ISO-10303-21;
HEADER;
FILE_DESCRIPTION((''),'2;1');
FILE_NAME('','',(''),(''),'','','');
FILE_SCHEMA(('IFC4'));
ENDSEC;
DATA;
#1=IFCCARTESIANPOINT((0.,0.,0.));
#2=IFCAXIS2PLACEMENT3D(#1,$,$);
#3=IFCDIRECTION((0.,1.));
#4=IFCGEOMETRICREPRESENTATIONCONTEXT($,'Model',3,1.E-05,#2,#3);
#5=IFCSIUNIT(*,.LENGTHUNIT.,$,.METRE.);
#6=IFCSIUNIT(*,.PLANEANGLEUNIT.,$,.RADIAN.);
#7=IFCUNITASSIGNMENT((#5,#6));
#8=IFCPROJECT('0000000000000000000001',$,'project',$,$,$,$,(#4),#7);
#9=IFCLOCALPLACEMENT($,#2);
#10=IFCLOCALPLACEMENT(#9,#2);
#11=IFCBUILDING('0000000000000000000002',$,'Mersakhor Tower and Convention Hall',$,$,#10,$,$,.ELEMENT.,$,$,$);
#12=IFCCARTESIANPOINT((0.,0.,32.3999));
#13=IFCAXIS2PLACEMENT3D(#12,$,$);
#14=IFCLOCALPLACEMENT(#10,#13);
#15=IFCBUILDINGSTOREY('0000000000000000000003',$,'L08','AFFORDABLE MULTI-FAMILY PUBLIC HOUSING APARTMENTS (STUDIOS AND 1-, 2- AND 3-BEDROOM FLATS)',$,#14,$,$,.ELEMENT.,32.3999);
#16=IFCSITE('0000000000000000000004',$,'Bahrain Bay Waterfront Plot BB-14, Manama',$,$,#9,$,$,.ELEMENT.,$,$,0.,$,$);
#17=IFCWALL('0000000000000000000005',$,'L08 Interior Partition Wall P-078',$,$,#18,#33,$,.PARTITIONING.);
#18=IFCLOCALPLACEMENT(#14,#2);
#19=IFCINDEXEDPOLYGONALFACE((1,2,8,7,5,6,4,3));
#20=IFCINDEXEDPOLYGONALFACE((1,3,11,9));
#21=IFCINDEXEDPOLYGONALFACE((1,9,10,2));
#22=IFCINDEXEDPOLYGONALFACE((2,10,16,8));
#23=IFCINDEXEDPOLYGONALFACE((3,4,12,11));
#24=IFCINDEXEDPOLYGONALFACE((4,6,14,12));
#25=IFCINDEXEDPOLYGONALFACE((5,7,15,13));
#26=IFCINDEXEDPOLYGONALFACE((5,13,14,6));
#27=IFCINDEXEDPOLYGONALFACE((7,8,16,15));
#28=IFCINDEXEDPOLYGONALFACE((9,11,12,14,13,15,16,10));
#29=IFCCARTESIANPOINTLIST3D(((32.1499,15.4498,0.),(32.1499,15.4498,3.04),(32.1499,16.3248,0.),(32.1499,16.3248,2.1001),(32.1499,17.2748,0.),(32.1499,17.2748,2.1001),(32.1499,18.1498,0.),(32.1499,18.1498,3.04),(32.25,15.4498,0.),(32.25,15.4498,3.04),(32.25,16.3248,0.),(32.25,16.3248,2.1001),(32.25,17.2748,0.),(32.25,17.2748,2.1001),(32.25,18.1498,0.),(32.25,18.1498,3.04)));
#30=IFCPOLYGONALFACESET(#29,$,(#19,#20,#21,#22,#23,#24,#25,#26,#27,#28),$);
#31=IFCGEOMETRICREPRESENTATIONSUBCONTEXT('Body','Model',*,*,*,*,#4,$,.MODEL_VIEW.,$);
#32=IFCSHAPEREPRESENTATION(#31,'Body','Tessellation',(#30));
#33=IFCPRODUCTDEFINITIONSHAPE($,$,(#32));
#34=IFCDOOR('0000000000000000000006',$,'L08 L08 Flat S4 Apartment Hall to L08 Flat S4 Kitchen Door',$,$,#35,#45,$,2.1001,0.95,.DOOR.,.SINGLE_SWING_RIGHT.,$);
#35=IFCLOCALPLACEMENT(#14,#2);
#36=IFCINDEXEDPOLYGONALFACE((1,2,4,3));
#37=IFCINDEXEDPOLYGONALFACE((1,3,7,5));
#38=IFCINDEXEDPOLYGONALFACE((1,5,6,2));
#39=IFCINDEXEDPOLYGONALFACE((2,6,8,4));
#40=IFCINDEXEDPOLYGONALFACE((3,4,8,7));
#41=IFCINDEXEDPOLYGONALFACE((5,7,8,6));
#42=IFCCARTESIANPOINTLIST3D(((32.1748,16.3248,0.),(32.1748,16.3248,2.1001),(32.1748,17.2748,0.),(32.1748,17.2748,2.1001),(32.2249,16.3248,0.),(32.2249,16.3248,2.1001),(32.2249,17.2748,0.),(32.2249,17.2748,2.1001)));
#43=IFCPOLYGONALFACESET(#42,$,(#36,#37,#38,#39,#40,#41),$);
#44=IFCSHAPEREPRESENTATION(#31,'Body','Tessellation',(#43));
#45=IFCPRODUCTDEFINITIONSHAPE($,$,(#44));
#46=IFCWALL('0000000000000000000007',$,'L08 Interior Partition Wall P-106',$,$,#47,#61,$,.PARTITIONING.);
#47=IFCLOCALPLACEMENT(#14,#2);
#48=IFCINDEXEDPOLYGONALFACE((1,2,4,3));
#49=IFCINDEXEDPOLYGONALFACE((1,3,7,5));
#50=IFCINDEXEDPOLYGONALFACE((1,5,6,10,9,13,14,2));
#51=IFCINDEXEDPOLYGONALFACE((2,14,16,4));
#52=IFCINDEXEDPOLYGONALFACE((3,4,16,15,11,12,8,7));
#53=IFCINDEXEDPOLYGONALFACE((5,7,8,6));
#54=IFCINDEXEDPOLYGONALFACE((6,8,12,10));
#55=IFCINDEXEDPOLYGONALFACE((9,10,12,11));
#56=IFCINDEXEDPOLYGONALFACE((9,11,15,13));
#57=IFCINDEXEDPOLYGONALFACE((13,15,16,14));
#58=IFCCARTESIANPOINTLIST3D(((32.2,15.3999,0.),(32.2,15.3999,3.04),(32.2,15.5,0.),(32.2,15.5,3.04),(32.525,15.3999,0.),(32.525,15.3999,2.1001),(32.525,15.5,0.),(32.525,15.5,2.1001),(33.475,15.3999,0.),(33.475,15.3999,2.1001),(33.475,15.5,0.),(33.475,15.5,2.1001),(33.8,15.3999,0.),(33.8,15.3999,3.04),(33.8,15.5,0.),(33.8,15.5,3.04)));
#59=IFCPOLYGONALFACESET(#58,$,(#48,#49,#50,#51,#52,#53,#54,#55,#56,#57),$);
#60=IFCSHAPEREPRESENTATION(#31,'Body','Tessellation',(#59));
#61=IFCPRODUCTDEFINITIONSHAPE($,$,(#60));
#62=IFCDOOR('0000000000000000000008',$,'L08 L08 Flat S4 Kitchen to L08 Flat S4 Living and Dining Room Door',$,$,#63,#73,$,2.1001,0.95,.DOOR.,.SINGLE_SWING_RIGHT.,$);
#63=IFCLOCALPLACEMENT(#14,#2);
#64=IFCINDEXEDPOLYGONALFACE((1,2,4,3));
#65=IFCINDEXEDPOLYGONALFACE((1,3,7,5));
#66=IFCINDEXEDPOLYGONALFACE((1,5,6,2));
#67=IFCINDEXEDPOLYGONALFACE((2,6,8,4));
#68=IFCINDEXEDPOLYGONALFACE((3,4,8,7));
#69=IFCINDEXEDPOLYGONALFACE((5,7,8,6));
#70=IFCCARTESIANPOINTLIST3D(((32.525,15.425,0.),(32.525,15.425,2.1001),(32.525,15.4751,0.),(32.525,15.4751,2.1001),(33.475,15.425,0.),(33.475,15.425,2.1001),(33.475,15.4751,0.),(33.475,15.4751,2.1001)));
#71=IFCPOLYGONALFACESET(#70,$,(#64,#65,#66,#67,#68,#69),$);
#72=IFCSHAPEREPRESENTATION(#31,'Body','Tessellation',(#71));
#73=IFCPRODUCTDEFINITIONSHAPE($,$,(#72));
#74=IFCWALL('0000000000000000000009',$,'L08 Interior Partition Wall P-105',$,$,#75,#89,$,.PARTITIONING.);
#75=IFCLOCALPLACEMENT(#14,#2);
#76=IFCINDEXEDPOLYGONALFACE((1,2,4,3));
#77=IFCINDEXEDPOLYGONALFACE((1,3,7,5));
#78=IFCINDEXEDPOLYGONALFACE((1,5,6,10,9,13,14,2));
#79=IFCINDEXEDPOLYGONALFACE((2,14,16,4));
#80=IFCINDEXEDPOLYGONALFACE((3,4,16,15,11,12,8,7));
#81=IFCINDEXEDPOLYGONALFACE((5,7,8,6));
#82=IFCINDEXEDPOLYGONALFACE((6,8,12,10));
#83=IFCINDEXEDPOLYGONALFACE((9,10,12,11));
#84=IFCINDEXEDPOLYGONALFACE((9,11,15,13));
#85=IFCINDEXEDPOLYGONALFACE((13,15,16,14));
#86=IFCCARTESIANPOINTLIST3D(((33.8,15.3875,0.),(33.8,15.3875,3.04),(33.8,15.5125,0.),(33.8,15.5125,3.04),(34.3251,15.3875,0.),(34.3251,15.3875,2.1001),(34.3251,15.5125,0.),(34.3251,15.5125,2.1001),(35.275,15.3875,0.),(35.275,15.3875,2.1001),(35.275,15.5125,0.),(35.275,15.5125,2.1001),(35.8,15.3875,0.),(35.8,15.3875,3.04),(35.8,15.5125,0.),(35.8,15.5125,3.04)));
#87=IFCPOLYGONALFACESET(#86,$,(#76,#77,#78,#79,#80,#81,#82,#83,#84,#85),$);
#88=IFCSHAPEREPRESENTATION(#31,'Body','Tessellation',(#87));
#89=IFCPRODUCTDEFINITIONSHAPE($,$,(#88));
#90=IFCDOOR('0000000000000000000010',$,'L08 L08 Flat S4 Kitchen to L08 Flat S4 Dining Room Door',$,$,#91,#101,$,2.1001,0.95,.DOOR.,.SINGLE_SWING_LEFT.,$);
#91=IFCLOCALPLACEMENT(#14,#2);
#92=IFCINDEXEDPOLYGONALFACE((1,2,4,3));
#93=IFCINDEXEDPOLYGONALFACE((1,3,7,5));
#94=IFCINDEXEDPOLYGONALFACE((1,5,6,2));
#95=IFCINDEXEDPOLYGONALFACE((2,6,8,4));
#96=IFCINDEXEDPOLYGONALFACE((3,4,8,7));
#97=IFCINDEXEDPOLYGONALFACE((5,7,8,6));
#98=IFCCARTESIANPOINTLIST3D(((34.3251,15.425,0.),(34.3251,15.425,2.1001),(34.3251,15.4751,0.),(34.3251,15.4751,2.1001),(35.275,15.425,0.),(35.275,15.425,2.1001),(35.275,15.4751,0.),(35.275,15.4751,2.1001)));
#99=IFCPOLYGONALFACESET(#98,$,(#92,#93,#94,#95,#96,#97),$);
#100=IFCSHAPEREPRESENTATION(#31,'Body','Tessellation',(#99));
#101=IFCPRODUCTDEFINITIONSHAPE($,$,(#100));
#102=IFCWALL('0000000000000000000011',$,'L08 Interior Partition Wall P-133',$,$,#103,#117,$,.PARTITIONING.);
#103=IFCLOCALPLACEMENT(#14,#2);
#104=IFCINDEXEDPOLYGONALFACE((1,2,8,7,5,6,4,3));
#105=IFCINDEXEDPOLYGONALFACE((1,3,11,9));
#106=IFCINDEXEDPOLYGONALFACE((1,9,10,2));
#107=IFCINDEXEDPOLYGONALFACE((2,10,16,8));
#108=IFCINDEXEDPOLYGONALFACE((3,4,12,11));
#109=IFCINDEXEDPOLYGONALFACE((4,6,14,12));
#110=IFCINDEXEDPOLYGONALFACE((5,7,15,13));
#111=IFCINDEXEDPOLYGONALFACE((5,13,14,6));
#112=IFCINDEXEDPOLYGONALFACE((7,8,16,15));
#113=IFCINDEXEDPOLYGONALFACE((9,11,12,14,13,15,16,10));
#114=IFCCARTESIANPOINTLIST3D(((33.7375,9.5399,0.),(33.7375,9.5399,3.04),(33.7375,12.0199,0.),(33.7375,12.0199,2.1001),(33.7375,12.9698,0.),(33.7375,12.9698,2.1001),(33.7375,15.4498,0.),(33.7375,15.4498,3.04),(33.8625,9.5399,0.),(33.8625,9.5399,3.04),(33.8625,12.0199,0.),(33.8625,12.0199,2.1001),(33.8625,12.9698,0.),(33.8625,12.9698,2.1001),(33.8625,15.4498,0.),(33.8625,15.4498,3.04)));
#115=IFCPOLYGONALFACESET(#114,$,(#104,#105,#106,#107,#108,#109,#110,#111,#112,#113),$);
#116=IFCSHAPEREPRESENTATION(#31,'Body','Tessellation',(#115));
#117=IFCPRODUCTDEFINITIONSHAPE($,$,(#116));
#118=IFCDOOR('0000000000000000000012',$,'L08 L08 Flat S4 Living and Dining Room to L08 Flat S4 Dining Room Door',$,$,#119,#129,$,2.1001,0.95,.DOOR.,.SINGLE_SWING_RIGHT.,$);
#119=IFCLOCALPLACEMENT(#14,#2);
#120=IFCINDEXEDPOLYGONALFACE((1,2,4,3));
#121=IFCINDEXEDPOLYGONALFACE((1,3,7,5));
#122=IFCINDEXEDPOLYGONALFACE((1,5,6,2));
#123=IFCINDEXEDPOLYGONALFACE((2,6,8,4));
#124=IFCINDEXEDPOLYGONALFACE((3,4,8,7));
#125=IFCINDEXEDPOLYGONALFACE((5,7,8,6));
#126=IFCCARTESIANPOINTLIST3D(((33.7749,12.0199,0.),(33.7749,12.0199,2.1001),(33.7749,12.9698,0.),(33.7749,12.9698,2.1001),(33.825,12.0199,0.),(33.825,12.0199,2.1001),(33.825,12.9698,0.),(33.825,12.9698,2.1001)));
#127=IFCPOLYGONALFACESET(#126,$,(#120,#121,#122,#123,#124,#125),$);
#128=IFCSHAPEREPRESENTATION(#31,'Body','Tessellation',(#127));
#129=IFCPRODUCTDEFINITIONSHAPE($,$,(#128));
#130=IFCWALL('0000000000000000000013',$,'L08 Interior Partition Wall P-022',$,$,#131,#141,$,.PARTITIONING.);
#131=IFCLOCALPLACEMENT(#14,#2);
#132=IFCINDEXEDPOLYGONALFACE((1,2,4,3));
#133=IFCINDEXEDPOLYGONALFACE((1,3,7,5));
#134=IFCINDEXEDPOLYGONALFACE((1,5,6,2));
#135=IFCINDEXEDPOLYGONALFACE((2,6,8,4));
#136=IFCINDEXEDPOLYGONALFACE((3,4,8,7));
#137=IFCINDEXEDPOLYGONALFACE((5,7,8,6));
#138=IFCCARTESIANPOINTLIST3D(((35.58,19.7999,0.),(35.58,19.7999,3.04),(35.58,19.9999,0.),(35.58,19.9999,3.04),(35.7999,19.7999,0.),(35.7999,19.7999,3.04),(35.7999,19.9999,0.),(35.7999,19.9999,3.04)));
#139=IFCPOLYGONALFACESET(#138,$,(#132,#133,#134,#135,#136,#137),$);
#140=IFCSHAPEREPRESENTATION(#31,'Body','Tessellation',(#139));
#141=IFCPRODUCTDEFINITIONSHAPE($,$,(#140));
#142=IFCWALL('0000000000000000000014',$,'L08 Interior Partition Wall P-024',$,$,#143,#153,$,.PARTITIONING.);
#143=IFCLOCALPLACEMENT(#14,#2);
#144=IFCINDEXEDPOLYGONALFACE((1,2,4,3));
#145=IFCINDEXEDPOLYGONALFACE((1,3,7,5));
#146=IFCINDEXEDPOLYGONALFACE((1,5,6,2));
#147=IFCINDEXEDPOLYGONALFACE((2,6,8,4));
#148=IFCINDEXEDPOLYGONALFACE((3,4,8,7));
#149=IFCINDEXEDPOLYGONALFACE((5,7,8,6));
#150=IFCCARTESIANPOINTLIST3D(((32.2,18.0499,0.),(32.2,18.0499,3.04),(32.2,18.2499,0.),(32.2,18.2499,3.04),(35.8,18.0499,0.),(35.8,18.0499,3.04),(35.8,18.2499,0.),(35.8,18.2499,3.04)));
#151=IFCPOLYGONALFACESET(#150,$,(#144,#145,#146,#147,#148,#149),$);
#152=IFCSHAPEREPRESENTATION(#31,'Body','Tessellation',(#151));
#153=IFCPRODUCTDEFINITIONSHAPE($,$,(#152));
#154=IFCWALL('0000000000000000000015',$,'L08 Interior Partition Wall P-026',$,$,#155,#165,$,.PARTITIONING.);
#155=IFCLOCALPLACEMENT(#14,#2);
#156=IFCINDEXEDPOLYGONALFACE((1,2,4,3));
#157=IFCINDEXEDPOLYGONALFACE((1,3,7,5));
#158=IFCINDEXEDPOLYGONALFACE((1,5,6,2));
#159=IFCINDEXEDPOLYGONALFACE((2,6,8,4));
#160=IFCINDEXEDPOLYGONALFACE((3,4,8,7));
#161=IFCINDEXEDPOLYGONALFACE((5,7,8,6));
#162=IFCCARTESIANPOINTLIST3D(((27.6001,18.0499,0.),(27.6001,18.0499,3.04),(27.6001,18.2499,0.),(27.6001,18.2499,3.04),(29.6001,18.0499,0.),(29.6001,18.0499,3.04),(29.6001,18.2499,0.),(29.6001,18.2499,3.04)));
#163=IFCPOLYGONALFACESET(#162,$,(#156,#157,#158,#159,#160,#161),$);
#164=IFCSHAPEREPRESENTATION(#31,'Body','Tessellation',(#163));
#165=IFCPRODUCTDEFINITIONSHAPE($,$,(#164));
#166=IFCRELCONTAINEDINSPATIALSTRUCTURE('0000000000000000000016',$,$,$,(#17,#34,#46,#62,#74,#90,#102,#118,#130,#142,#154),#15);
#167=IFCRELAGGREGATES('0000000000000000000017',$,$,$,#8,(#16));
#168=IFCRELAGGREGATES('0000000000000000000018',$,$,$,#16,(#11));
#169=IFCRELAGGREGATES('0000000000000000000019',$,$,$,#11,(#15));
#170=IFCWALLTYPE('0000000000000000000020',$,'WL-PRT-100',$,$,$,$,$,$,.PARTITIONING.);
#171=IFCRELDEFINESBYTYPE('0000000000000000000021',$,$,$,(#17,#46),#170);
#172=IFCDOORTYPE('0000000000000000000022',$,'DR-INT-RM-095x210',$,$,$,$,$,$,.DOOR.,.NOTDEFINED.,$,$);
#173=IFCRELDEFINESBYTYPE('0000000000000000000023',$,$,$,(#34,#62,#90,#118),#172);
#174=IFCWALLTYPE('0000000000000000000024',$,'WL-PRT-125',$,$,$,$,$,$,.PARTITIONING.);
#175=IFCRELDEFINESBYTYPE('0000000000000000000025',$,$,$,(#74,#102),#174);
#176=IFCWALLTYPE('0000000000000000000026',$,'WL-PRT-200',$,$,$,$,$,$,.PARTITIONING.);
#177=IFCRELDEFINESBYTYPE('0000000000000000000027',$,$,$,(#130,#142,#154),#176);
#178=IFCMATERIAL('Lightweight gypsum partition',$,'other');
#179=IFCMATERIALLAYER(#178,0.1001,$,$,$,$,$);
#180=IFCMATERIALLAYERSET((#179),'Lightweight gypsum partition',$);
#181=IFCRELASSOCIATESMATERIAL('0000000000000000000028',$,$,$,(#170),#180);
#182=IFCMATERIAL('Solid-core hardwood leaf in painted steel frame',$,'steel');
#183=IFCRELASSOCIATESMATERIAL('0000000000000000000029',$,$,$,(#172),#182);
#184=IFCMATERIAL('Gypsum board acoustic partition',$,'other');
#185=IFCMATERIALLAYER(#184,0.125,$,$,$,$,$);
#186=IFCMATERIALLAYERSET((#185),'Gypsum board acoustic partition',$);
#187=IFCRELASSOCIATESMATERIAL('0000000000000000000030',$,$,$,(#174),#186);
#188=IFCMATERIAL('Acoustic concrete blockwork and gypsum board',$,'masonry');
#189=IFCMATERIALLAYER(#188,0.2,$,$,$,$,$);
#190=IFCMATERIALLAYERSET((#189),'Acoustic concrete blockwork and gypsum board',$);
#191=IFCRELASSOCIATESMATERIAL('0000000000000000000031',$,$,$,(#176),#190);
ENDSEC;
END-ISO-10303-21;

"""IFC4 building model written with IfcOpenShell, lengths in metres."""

from ifc_helpers import new_model, si_unit, direction, frame, frame_2d, origin, place, context, subcontext, project, spatial, rectangle, extrude, material, layer, layer_set, type_object, element, fill, save


model = new_model("IFC4")

# Units and contexts
model_context = context("Model", 3, precision=1e-05, world=origin(), true_north=direction((0.0, 1.0)))
body_context = subcontext(model_context, "Body", "Model", "MODEL_VIEW")
ifc_project = project(units=[si_unit("LENGTHUNIT", "METRE"), si_unit("PLANEANGLEUNIT", "RADIAN")], contexts=[model_context])

# Site, building, storey
site_placement = place(None, origin())
site = spatial("IfcSite", under=ifc_project, at=site_placement, Name="Bahrain Bay Waterfront Plot BB-14, Manama", CompositionType="ELEMENT", RefElevation=0.0)
building_placement = place(site_placement, origin())
building = spatial("IfcBuilding", under=site, at=building_placement, Name="Mersakhor Tower and Convention Hall", CompositionType="ELEMENT")
storey_placement = place(building_placement, frame((0.0, 0.0, 32.3999)))
storey = spatial("IfcBuildingStorey", under=building, at=storey_placement, Name="L08", Description="AFFORDABLE MULTI-FAMILY PUBLIC HOUSING APARTMENTS (STUDIOS AND 1-, 2- AND 3-BEDROOM FLATS)", CompositionType="ELEMENT", Elevation=32.3999)

# Walls, openings, doors
ifc_material_1 = material(Name="Lightweight gypsum partition", Category="other")
ifc_layer_1 = layer(ifc_material_1, 0.1001)
ifc_layer_set_1 = layer_set([ifc_layer_1], Name="Lightweight gypsum partition")
wall_type_1 = type_object("IfcWallType", Name="WL-PRT-100", PredefinedType="PARTITIONING", material=ifc_layer_set_1)
wall_1_placement = place(storey_placement, frame((32.2, 18.1499, 0.0), z_axis=(0.0, 0.0, 1.0), x_axis=(0.0, -1.0, 0.0)))
wall_1 = element("IfcWall", 1, at=wall_1_placement, inside=storey, type_object=wall_type_1, Name="L08 Interior Partition Wall P-078", PredefinedType="PARTITIONING", context=body_context, shape_type="SweptSolid", body=[
    extrude(rectangle(XDim=2.7, YDim=0.1001, at=frame_2d((1.3501, 0.0))), origin(), (0.0, 0.0, 1.0), 3.04),
])
opening_1_placement = place(wall_1_placement, frame((0.875, 0.0, 0.0)))
opening_1 = element("IfcOpeningElement", 2, at=opening_1_placement, cuts=wall_1, PredefinedType="OPENING", context=body_context, shape_type="SweptSolid", body=[
    extrude(rectangle(XDim=0.95, YDim=2.1001, at=frame_2d((0.4751, 1.05))), frame((0.0, 0.0601, 0.0), z_axis=(0.0, -1.0, 0.0), x_axis=(1.0, 0.0, 0.0)), (0.0, 0.0, 1.0), 0.1201),
])
ifc_material_2 = material(Name="Solid-core hardwood leaf in painted steel frame", Category="steel")
door_type_1 = type_object("IfcDoorType", Name="DR-INT-RM-095x210", OperationType="NOTDEFINED", PredefinedType="DOOR", material=ifc_material_2)
door_1_placement = place(opening_1_placement, origin())
door_1 = element("IfcDoor", 3, at=door_1_placement, inside=storey, type_object=door_type_1, Name="L08 L08 Flat S4 Apartment Hall to L08 Flat S4 Kitchen Door", OperationType="SINGLE_SWING_RIGHT", OverallHeight=2.1001, OverallWidth=0.95, PredefinedType="DOOR", context=body_context, shape_type="SweptSolid", body=[
    extrude(rectangle(XDim=0.95, YDim=2.1001, at=frame_2d((0.4751, 1.05))), frame((0.0, 0.0249, 0.0), z_axis=(0.0, -1.0, 0.0), x_axis=(1.0, 0.0, 0.0)), (0.0, 0.0, 1.0), 0.05),
])
fill(opening_1, door_1)
wall_2_placement = place(storey_placement, frame((33.8, 15.45, 0.0), z_axis=(0.0, 0.0, 1.0), x_axis=(-1.0, 0.0, 0.0)))
wall_2 = element("IfcWall", 4, at=wall_2_placement, inside=storey, type_object=wall_type_1, Name="L08 Interior Partition Wall P-106", PredefinedType="PARTITIONING", context=body_context, shape_type="SweptSolid", body=[
    extrude(rectangle(XDim=1.6001, YDim=0.1001, at=frame_2d((0.8, 0.0))), origin(), (0.0, 0.0, 1.0), 3.04),
])
opening_2_placement = place(wall_2_placement, frame((0.325, 0.0, 0.0)))
opening_2 = element("IfcOpeningElement", 5, at=opening_2_placement, cuts=wall_2, PredefinedType="OPENING", context=body_context, shape_type="SweptSolid", body=[
    extrude(rectangle(XDim=0.95, YDim=2.1001, at=frame_2d((0.4751, 1.05))), frame((0.0, 0.0601, 0.0), z_axis=(0.0, -1.0, 0.0), x_axis=(1.0, 0.0, 0.0)), (0.0, 0.0, 1.0), 0.1201),
])
door_2_placement = place(opening_2_placement, origin())
door_2 = element("IfcDoor", 6, at=door_2_placement, inside=storey, type_object=door_type_1, Name="L08 L08 Flat S4 Kitchen to L08 Flat S4 Living and Dining Room Door", OperationType="SINGLE_SWING_RIGHT", OverallHeight=2.1001, OverallWidth=0.95, PredefinedType="DOOR", context=body_context, shape_type="SweptSolid", body=[
    extrude(rectangle(XDim=0.95, YDim=2.1001, at=frame_2d((0.4751, 1.05))), frame((0.0, 0.0249, 0.0), z_axis=(0.0, -1.0, 0.0), x_axis=(1.0, 0.0, 0.0)), (0.0, 0.0, 1.0), 0.05),
])
fill(opening_2, door_2)
ifc_material_3 = material(Name="Gypsum board acoustic partition", Category="other")
ifc_layer_2 = layer(ifc_material_3, 0.125)
ifc_layer_set_2 = layer_set([ifc_layer_2], Name="Gypsum board acoustic partition")
wall_type_2 = type_object("IfcWallType", Name="WL-PRT-125", PredefinedType="PARTITIONING", material=ifc_layer_set_2)
wall_3_placement = place(storey_placement, frame((35.8, 15.45, 0.0), z_axis=(0.0, 0.0, 1.0), x_axis=(-1.0, 0.0, 0.0)))
wall_3 = element("IfcWall", 7, at=wall_3_placement, inside=storey, type_object=wall_type_2, Name="L08 Interior Partition Wall P-105", PredefinedType="PARTITIONING", context=body_context, shape_type="SweptSolid", body=[
    extrude(rectangle(XDim=2.0, YDim=0.125, at=frame_2d((1.0, 0.0))), origin(), (0.0, 0.0, 1.0), 3.04),
])
opening_3_placement = place(wall_3_placement, frame((0.5249, 0.0, 0.0)))
opening_3 = element("IfcOpeningElement", 8, at=opening_3_placement, cuts=wall_3, PredefinedType="OPENING", context=body_context, shape_type="SweptSolid", body=[
    extrude(rectangle(XDim=0.95, YDim=2.1001, at=frame_2d((0.4751, 1.05))), frame((0.0, 0.0725, 0.0), z_axis=(0.0, -1.0, 0.0), x_axis=(1.0, 0.0, 0.0)), (0.0, 0.0, 1.0), 0.145),
])
door_3_placement = place(opening_3_placement, origin())
door_3 = element("IfcDoor", 9, at=door_3_placement, inside=storey, type_object=door_type_1, Name="L08 L08 Flat S4 Kitchen to L08 Flat S4 Dining Room Door", OperationType="SINGLE_SWING_LEFT", OverallHeight=2.1001, OverallWidth=0.95, PredefinedType="DOOR", context=body_context, shape_type="SweptSolid", body=[
    extrude(rectangle(XDim=0.95, YDim=2.1001, at=frame_2d((0.4751, 1.05))), frame((0.0, 0.0249, 0.0), z_axis=(0.0, -1.0, 0.0), x_axis=(1.0, 0.0, 0.0)), (0.0, 0.0, 1.0), 0.05),
])
fill(opening_3, door_3)
wall_4_placement = place(storey_placement, frame((33.8, 15.45, 0.0), z_axis=(0.0, 0.0, 1.0), x_axis=(0.0, -1.0, 0.0)))
wall_4 = element("IfcWall", 10, at=wall_4_placement, inside=storey, type_object=wall_type_2, Name="L08 Interior Partition Wall P-133", PredefinedType="PARTITIONING", context=body_context, shape_type="SweptSolid", body=[
    extrude(rectangle(XDim=5.9099, YDim=0.125, at=frame_2d((2.9551, 0.0))), origin(), (0.0, 0.0, 1.0), 3.04),
])
opening_4_placement = place(wall_4_placement, frame((2.48, 0.0, 0.0)))
opening_4 = element("IfcOpeningElement", 11, at=opening_4_placement, cuts=wall_4, PredefinedType="OPENING", context=body_context, shape_type="SweptSolid", body=[
    extrude(rectangle(XDim=0.95, YDim=2.1001, at=frame_2d((0.4751, 1.05))), frame((0.0, 0.0725, 0.0), z_axis=(0.0, -1.0, 0.0), x_axis=(1.0, 0.0, 0.0)), (0.0, 0.0, 1.0), 0.145),
])
door_4_placement = place(opening_4_placement, origin())
door_4 = element("IfcDoor", 12, at=door_4_placement, inside=storey, type_object=door_type_1, Name="L08 L08 Flat S4 Living and Dining Room to L08 Flat S4 Dining Room Door", OperationType="SINGLE_SWING_RIGHT", OverallHeight=2.1001, OverallWidth=0.95, PredefinedType="DOOR", context=body_context, shape_type="SweptSolid", body=[
    extrude(rectangle(XDim=0.95, YDim=2.1001, at=frame_2d((0.4751, 1.05))), frame((0.0, 0.0249, 0.0), z_axis=(0.0, -1.0, 0.0), x_axis=(1.0, 0.0, 0.0)), (0.0, 0.0, 1.0), 0.05),
])
fill(opening_4, door_4)

# Walls
ifc_material_4 = material(Name="Acoustic concrete blockwork and gypsum board", Category="masonry")
ifc_layer_3 = layer(ifc_material_4, 0.2)
ifc_layer_set_3 = layer_set([ifc_layer_3], Name="Acoustic concrete blockwork and gypsum board")
wall_type_3 = type_object("IfcWallType", Name="WL-PRT-200", PredefinedType="PARTITIONING", material=ifc_layer_set_3)
wall_5_placement = place(storey_placement, frame((35.5801, 19.8999, 0.0), z_axis=(0.0, 0.0, 1.0), x_axis=(1.0, 0.0, 0.0)))
element("IfcWall", 13, at=wall_5_placement, inside=storey, type_object=wall_type_3, Name="L08 Interior Partition Wall P-022", PredefinedType="PARTITIONING", context=body_context, shape_type="SweptSolid", body=[
    extrude(rectangle(XDim=0.22, YDim=0.2, at=frame_2d((0.1099, 0.0))), origin(), (0.0, 0.0, 1.0), 3.04),
])
wall_6_placement = place(storey_placement, frame((35.8, 18.1499, 0.0), z_axis=(0.0, 0.0, 1.0), x_axis=(-1.0, 0.0, 0.0)))
element("IfcWall", 14, at=wall_6_placement, inside=storey, type_object=wall_type_3, Name="L08 Interior Partition Wall P-024", PredefinedType="PARTITIONING", context=body_context, shape_type="SweptSolid", body=[
    extrude(rectangle(XDim=3.6001, YDim=0.2, at=frame_2d((1.8, 0.0))), origin(), (0.0, 0.0, 1.0), 3.04),
])

# Wall
wall_7_placement = place(storey_placement, frame((29.6001, 18.1499, 0.0), z_axis=(0.0, 0.0, 1.0), x_axis=(-1.0, 0.0, 0.0)))
element("IfcWall", 15, at=wall_7_placement, inside=storey, type_object=wall_type_3, Name="L08 Interior Partition Wall P-026", PredefinedType="PARTITIONING", context=body_context, shape_type="SweptSolid", body=[
    extrude(rectangle(XDim=2.0, YDim=0.2, at=frame_2d((1.0, 0.0))), origin(), (0.0, 0.0, 1.0), 3.04),
])

save(model, "model.ifc")
